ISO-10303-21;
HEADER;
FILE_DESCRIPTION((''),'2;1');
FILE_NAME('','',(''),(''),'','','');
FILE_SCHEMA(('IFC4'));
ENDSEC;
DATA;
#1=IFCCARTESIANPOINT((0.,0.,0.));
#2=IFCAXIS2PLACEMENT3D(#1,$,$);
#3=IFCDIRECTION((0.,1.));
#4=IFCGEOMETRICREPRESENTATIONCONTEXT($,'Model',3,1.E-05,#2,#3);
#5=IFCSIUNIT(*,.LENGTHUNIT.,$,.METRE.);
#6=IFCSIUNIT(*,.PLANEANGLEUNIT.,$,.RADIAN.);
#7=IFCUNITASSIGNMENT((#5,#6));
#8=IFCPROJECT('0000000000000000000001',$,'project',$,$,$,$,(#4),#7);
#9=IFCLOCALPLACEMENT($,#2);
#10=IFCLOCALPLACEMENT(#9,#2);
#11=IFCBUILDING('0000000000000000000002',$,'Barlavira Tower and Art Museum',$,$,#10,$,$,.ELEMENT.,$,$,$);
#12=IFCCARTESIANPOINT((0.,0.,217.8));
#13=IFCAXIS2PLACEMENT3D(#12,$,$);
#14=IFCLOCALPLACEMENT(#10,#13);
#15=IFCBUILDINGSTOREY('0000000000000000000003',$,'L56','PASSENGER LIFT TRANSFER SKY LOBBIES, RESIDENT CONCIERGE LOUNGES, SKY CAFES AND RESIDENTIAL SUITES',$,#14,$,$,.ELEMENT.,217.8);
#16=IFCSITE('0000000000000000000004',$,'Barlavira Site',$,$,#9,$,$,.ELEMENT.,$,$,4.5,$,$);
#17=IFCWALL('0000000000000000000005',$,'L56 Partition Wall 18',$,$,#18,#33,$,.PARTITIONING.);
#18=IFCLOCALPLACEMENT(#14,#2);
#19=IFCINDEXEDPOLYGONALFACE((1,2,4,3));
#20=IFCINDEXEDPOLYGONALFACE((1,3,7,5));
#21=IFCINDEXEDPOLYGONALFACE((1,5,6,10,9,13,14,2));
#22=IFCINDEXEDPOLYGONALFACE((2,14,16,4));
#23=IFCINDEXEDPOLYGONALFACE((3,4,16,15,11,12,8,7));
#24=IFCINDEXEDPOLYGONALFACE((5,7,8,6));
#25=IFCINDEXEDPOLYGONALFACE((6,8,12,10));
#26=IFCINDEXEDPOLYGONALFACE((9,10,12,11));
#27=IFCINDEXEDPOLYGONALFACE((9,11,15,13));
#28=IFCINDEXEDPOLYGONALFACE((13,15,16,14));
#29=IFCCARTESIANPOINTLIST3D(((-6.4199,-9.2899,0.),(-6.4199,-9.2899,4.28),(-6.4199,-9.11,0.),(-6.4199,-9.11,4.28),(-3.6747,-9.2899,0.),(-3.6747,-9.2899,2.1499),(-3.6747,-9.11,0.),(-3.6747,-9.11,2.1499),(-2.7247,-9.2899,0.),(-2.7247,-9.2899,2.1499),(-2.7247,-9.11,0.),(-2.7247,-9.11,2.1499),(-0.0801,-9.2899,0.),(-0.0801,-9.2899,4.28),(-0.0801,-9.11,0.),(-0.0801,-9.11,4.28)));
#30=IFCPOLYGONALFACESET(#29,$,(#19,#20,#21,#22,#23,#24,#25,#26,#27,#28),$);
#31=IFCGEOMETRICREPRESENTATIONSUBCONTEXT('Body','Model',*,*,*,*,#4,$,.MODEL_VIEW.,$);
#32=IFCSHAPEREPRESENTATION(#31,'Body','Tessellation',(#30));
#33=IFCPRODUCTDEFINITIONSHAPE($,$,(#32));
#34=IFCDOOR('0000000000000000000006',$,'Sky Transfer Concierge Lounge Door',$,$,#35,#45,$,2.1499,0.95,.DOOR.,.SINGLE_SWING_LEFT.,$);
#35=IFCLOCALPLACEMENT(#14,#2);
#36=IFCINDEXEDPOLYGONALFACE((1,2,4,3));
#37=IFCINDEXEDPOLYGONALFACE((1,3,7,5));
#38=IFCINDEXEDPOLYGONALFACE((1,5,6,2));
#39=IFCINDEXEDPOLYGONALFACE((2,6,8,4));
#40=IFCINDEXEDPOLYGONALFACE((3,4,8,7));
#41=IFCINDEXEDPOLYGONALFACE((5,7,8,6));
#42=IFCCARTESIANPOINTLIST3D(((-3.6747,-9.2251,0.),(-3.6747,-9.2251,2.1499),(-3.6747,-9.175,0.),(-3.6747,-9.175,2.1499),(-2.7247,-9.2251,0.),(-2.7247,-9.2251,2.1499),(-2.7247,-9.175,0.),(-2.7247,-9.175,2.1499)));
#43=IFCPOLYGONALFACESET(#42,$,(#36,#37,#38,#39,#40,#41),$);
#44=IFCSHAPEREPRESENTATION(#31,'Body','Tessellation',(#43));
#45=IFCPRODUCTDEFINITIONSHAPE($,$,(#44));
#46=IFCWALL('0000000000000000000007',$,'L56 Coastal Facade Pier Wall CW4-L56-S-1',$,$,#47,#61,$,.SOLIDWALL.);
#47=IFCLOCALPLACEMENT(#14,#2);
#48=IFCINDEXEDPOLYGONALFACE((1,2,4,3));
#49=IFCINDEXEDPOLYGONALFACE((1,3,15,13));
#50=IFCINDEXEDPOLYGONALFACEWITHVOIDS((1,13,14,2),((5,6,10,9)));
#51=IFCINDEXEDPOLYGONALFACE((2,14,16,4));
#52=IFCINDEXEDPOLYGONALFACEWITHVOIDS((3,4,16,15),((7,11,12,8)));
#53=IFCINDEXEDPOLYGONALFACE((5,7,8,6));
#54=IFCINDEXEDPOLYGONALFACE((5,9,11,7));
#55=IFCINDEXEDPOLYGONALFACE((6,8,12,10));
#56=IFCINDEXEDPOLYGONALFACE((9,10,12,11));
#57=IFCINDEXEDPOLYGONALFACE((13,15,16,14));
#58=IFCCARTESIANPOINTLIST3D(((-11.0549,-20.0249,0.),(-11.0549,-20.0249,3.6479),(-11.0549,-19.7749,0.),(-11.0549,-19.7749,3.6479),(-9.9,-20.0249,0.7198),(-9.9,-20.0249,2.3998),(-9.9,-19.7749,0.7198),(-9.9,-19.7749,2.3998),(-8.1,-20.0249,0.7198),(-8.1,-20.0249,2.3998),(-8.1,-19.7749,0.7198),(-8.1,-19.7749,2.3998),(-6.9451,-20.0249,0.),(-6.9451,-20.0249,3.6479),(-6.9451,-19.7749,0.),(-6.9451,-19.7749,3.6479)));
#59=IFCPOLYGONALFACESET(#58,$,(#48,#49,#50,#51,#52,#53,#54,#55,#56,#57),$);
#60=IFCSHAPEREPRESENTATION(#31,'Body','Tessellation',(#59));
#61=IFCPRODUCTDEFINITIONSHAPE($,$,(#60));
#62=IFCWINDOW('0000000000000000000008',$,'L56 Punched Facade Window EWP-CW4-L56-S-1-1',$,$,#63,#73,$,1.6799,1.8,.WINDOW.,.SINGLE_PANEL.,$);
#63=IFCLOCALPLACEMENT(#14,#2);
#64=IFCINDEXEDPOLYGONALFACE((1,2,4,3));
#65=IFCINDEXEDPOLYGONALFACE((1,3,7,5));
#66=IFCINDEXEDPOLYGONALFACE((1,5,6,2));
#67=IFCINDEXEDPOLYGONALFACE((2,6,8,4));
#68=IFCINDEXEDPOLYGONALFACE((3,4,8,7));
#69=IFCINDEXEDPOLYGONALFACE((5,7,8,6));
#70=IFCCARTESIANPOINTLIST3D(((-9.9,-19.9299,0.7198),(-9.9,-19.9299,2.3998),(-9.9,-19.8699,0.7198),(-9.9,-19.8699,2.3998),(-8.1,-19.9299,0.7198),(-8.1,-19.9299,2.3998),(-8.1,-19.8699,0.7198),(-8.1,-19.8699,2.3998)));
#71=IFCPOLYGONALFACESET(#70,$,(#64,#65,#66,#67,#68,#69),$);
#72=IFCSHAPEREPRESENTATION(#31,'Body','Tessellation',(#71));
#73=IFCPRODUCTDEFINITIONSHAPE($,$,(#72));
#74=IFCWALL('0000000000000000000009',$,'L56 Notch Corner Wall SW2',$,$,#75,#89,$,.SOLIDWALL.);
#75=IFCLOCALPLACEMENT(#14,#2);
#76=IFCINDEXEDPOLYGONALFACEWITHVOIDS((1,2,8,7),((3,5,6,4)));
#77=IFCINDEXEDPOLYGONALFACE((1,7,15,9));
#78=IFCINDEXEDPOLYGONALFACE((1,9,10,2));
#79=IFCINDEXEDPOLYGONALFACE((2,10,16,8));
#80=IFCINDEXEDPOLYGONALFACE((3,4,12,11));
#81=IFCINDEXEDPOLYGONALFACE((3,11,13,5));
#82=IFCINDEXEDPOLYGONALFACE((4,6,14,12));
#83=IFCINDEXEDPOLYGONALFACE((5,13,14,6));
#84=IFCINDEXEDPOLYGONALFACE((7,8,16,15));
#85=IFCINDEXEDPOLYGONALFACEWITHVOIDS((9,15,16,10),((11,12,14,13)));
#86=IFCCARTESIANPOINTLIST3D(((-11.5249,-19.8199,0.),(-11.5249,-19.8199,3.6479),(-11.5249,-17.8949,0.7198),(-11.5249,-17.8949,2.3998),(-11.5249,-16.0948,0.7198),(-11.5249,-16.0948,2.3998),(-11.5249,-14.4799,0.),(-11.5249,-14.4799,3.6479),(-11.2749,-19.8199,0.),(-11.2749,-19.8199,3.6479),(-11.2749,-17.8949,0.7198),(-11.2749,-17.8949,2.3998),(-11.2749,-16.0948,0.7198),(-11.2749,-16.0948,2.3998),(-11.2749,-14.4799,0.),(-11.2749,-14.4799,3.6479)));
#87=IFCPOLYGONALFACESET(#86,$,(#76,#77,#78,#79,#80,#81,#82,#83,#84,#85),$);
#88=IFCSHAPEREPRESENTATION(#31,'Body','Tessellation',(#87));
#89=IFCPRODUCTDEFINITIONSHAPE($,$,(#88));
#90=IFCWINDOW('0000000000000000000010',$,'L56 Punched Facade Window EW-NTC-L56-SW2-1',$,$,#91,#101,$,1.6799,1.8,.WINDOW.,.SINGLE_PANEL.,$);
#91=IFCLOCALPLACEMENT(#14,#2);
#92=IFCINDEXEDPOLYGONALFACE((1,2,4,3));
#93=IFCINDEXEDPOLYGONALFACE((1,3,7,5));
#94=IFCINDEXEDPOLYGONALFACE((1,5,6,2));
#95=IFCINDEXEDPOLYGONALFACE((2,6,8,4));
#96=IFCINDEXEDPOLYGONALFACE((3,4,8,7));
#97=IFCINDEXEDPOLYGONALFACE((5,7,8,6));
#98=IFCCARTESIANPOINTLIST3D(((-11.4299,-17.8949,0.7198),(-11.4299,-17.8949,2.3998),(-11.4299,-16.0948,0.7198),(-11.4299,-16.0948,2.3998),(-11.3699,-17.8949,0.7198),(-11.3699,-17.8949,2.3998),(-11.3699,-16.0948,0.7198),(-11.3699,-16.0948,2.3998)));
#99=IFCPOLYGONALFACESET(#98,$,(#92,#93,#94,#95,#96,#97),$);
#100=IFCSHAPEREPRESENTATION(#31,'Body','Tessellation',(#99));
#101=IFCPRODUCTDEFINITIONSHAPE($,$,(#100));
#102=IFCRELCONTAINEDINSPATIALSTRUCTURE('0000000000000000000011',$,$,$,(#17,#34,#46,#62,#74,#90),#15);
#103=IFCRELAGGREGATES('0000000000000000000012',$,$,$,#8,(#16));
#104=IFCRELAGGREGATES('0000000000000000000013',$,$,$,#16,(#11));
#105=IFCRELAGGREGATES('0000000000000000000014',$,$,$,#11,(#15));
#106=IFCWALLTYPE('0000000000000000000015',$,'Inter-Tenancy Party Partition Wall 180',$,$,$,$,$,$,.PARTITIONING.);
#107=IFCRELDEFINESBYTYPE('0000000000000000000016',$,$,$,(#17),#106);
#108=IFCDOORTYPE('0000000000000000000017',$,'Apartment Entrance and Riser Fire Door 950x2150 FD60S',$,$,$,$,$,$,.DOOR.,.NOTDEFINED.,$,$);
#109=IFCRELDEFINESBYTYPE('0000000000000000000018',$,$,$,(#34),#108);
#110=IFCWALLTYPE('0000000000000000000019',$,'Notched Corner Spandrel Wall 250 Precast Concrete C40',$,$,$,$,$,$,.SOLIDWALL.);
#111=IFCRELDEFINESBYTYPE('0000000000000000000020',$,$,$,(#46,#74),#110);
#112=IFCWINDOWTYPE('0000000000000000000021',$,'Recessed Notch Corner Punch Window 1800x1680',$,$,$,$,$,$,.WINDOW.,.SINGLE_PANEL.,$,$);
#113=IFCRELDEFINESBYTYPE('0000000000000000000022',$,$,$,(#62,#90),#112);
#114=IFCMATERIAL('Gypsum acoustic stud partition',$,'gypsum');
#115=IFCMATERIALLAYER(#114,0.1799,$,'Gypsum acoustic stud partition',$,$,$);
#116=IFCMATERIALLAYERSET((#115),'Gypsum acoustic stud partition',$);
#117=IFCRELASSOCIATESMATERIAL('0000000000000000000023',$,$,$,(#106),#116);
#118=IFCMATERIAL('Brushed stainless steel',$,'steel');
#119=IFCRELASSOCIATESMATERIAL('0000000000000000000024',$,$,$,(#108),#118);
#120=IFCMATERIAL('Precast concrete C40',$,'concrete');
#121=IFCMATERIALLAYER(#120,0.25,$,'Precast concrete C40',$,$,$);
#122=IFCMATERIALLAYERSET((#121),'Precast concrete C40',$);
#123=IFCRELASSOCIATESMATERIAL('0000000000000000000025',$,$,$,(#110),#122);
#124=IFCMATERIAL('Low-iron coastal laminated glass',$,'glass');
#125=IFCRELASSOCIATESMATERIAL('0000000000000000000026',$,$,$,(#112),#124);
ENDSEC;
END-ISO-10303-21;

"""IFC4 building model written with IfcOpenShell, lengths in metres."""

from ifc_helpers import new_model, si_unit, direction, frame, frame_2d, origin, place, context, subcontext, project, spatial, rectangle, extrude, material, layer, layer_set, type_object, element, fill, save


model = new_model("IFC4")

# Units and contexts
model_context = context("Model", 3, precision=1e-05, world=origin(), true_north=direction((0.0, 1.0)))
body_context = subcontext(model_context, "Body", "Model", "MODEL_VIEW")
ifc_project = project(units=[si_unit("LENGTHUNIT", "METRE"), si_unit("PLANEANGLEUNIT", "RADIAN")], contexts=[model_context])

# Site, building, storey
site_placement = place(None, origin())
site = spatial("IfcSite", under=ifc_project, at=site_placement, Name="Barlavira Site", CompositionType="ELEMENT", RefElevation=4.5)
building_placement = place(site_placement, origin())
building = spatial("IfcBuilding", under=site, at=building_placement, Name="Barlavira Tower and Art Museum", CompositionType="ELEMENT")
storey_placement = place(building_placement, frame((0.0, 0.0, 217.8)))
storey = spatial("IfcBuildingStorey", under=building, at=storey_placement, Name="L56", Description="PASSENGER LIFT TRANSFER SKY LOBBIES, RESIDENT CONCIERGE LOUNGES, SKY CAFES AND RESIDENTIAL SUITES", CompositionType="ELEMENT", Elevation=217.8)

# Shared definitions
ifc_material_1 = material(Name="Low-iron coastal laminated glass", Category="glass")

# Shared definitions
ifc_material_2 = material(Name="Gypsum acoustic stud partition", Category="gypsum")
ifc_layer_1 = layer(ifc_material_2, 0.1799, Name="Gypsum acoustic stud partition")
ifc_layer_set_1 = layer_set([ifc_layer_1], Name="Gypsum acoustic stud partition")
wall_type_1 = type_object("IfcWallType", Name="Inter-Tenancy Party Partition Wall 180", PredefinedType="PARTITIONING", material=ifc_layer_set_1)

# Wall, opening, door
wall_1_placement = place(storey_placement, frame((-6.4199, -9.2, 0.0), z_axis=(0.0, 0.0, 1.0), x_axis=(1.0, 0.0, 0.0)))
wall_1 = element("IfcWall", 1, at=wall_1_placement, inside=storey, type_object=wall_type_1, Name="L56 Partition Wall 18", PredefinedType="PARTITIONING", context=body_context, shape_type="SweptSolid", body=[
    extrude(rectangle(XDim=6.3398, YDim=0.1799, at=frame_2d((3.1699, 0.0))), origin(), (0.0, 0.0, 1.0), 4.28),
])
opening_1_placement = place(wall_1_placement, frame((2.7451, 0.0, 0.0)))
opening_1 = element("IfcOpeningElement", 2, at=opening_1_placement, cuts=wall_1, PredefinedType="OPENING", context=body_context, shape_type="SweptSolid", body=[
    extrude(rectangle(XDim=0.95, YDim=2.1499, at=frame_2d((0.4751, 1.075))), frame((0.0, 0.1001, 0.0), z_axis=(0.0, -1.0, 0.0), x_axis=(1.0, 0.0, 0.0)), (0.0, 0.0, 1.0), 0.2),
])
ifc_material_3 = material(Name="Brushed stainless steel", Category="steel")
door_type = type_object("IfcDoorType", Name="Apartment Entrance and Riser Fire Door 950x2150 FD60S", OperationType="NOTDEFINED", PredefinedType="DOOR", material=ifc_material_3)
door_placement = place(opening_1_placement, origin())
door = element("IfcDoor", 3, at=door_placement, inside=storey, type_object=door_type, Name="Sky Transfer Concierge Lounge Door", OperationType="SINGLE_SWING_LEFT", OverallHeight=2.1499, OverallWidth=0.95, PredefinedType="DOOR", context=body_context, shape_type="SweptSolid", body=[
    extrude(rectangle(XDim=0.95, YDim=2.1499, at=frame_2d((0.4751, 1.075))), frame((0.0, 0.0249, 0.0), z_axis=(0.0, -1.0, 0.0), x_axis=(1.0, 0.0, 0.0)), (0.0, 0.0, 1.0), 0.05),
])
fill(opening_1, door)

# Walls, openings, windows
ifc_material_4 = material(Name="Precast concrete C40", Category="concrete")
ifc_layer_2 = layer(ifc_material_4, 0.25, Name="Precast concrete C40")
ifc_layer_set_2 = layer_set([ifc_layer_2], Name="Precast concrete C40")
wall_type_2 = type_object("IfcWallType", Name="Notched Corner Spandrel Wall 250 Precast Concrete C40", PredefinedType="SOLIDWALL", material=ifc_layer_set_2)
wall_2_placement = place(storey_placement, frame((-11.0549, -19.8999, 0.0), z_axis=(0.0, 0.0, 1.0), x_axis=(1.0, 0.0, 0.0)))
wall_2 = element("IfcWall", 4, at=wall_2_placement, inside=storey, type_object=wall_type_2, Name="L56 Coastal Facade Pier Wall CW4-L56-S-1", PredefinedType="SOLIDWALL", context=body_context, shape_type="SweptSolid", body=[
    extrude(rectangle(XDim=4.1099, YDim=0.25, at=frame_2d((2.0549, 0.0))), origin(), (0.0, 0.0, 1.0), 3.6479),
])
opening_2_placement = place(wall_2_placement, frame((1.155, 0.0, 0.72)))
opening_2 = element("IfcOpeningElement", 5, at=opening_2_placement, cuts=wall_2, PredefinedType="OPENING", context=body_context, shape_type="SweptSolid", body=[
    extrude(rectangle(XDim=1.8, YDim=1.6799, at=frame_2d((0.8999, 0.8398))), frame((0.0, 0.135, 0.0), z_axis=(0.0, -1.0, 0.0), x_axis=(1.0, 0.0, 0.0)), (0.0, 0.0, 1.0), 0.27),
])
window_type = type_object("IfcWindowType", Name="Recessed Notch Corner Punch Window 1800x1680", PartitioningType="SINGLE_PANEL", PredefinedType="WINDOW", material=ifc_material_1)
window_1_placement = place(opening_2_placement, origin())
window_1 = element("IfcWindow", 6, at=window_1_placement, inside=storey, type_object=window_type, Name="L56 Punched Facade Window EWP-CW4-L56-S-1-1", OverallHeight=1.6799, OverallWidth=1.8, PartitioningType="SINGLE_PANEL", PredefinedType="WINDOW", context=body_context, shape_type="SweptSolid", body=[
    extrude(rectangle(XDim=1.8, YDim=1.6799, at=frame_2d((0.8999, 0.8398))), frame((0.0, 0.03, 0.0), z_axis=(0.0, -1.0, 0.0), x_axis=(1.0, 0.0, 0.0)), (0.0, 0.0, 1.0), 0.0601),
])
fill(opening_2, window_1)
wall_3_placement = place(storey_placement, frame((-11.3999, -14.48, 0.0), z_axis=(0.0, 0.0, 1.0), x_axis=(0.0, -1.0, 0.0)))
wall_3 = element("IfcWall", 7, at=wall_3_placement, inside=storey, type_object=wall_type_2, Name="L56 Notch Corner Wall SW2", PredefinedType="SOLIDWALL", context=body_context, shape_type="SweptSolid", body=[
    extrude(rectangle(XDim=5.3401, YDim=0.25, at=frame_2d((2.6699, 0.0))), origin(), (0.0, 0.0, 1.0), 3.6479),
])
opening_3_placement = place(wall_3_placement, frame((1.615, 0.0, 0.72)))
opening_3 = element("IfcOpeningElement", 8, at=opening_3_placement, cuts=wall_3, PredefinedType="OPENING", context=body_context, shape_type="SweptSolid", body=[
    extrude(rectangle(XDim=1.8, YDim=1.6799, at=frame_2d((0.8999, 0.8398))), frame((0.0, 0.135, 0.0), z_axis=(0.0, -1.0, 0.0), x_axis=(1.0, 0.0, 0.0)), (0.0, 0.0, 1.0), 0.27),
])
window_2_placement = place(opening_3_placement, origin())
window_2 = element("IfcWindow", 9, at=window_2_placement, inside=storey, type_object=window_type, Name="L56 Punched Facade Window EW-NTC-L56-SW2-1", OverallHeight=1.6799, OverallWidth=1.8, PartitioningType="SINGLE_PANEL", PredefinedType="WINDOW", context=body_context, shape_type="SweptSolid", body=[
    extrude(rectangle(XDim=1.8, YDim=1.6799, at=frame_2d((0.8999, 0.8398))), frame((0.0, 0.03, 0.0), z_axis=(0.0, -1.0, 0.0), x_axis=(1.0, 0.0, 0.0)), (0.0, 0.0, 1.0), 0.0601),
])
fill(opening_3, window_2)

save(model, "model.ifc")
